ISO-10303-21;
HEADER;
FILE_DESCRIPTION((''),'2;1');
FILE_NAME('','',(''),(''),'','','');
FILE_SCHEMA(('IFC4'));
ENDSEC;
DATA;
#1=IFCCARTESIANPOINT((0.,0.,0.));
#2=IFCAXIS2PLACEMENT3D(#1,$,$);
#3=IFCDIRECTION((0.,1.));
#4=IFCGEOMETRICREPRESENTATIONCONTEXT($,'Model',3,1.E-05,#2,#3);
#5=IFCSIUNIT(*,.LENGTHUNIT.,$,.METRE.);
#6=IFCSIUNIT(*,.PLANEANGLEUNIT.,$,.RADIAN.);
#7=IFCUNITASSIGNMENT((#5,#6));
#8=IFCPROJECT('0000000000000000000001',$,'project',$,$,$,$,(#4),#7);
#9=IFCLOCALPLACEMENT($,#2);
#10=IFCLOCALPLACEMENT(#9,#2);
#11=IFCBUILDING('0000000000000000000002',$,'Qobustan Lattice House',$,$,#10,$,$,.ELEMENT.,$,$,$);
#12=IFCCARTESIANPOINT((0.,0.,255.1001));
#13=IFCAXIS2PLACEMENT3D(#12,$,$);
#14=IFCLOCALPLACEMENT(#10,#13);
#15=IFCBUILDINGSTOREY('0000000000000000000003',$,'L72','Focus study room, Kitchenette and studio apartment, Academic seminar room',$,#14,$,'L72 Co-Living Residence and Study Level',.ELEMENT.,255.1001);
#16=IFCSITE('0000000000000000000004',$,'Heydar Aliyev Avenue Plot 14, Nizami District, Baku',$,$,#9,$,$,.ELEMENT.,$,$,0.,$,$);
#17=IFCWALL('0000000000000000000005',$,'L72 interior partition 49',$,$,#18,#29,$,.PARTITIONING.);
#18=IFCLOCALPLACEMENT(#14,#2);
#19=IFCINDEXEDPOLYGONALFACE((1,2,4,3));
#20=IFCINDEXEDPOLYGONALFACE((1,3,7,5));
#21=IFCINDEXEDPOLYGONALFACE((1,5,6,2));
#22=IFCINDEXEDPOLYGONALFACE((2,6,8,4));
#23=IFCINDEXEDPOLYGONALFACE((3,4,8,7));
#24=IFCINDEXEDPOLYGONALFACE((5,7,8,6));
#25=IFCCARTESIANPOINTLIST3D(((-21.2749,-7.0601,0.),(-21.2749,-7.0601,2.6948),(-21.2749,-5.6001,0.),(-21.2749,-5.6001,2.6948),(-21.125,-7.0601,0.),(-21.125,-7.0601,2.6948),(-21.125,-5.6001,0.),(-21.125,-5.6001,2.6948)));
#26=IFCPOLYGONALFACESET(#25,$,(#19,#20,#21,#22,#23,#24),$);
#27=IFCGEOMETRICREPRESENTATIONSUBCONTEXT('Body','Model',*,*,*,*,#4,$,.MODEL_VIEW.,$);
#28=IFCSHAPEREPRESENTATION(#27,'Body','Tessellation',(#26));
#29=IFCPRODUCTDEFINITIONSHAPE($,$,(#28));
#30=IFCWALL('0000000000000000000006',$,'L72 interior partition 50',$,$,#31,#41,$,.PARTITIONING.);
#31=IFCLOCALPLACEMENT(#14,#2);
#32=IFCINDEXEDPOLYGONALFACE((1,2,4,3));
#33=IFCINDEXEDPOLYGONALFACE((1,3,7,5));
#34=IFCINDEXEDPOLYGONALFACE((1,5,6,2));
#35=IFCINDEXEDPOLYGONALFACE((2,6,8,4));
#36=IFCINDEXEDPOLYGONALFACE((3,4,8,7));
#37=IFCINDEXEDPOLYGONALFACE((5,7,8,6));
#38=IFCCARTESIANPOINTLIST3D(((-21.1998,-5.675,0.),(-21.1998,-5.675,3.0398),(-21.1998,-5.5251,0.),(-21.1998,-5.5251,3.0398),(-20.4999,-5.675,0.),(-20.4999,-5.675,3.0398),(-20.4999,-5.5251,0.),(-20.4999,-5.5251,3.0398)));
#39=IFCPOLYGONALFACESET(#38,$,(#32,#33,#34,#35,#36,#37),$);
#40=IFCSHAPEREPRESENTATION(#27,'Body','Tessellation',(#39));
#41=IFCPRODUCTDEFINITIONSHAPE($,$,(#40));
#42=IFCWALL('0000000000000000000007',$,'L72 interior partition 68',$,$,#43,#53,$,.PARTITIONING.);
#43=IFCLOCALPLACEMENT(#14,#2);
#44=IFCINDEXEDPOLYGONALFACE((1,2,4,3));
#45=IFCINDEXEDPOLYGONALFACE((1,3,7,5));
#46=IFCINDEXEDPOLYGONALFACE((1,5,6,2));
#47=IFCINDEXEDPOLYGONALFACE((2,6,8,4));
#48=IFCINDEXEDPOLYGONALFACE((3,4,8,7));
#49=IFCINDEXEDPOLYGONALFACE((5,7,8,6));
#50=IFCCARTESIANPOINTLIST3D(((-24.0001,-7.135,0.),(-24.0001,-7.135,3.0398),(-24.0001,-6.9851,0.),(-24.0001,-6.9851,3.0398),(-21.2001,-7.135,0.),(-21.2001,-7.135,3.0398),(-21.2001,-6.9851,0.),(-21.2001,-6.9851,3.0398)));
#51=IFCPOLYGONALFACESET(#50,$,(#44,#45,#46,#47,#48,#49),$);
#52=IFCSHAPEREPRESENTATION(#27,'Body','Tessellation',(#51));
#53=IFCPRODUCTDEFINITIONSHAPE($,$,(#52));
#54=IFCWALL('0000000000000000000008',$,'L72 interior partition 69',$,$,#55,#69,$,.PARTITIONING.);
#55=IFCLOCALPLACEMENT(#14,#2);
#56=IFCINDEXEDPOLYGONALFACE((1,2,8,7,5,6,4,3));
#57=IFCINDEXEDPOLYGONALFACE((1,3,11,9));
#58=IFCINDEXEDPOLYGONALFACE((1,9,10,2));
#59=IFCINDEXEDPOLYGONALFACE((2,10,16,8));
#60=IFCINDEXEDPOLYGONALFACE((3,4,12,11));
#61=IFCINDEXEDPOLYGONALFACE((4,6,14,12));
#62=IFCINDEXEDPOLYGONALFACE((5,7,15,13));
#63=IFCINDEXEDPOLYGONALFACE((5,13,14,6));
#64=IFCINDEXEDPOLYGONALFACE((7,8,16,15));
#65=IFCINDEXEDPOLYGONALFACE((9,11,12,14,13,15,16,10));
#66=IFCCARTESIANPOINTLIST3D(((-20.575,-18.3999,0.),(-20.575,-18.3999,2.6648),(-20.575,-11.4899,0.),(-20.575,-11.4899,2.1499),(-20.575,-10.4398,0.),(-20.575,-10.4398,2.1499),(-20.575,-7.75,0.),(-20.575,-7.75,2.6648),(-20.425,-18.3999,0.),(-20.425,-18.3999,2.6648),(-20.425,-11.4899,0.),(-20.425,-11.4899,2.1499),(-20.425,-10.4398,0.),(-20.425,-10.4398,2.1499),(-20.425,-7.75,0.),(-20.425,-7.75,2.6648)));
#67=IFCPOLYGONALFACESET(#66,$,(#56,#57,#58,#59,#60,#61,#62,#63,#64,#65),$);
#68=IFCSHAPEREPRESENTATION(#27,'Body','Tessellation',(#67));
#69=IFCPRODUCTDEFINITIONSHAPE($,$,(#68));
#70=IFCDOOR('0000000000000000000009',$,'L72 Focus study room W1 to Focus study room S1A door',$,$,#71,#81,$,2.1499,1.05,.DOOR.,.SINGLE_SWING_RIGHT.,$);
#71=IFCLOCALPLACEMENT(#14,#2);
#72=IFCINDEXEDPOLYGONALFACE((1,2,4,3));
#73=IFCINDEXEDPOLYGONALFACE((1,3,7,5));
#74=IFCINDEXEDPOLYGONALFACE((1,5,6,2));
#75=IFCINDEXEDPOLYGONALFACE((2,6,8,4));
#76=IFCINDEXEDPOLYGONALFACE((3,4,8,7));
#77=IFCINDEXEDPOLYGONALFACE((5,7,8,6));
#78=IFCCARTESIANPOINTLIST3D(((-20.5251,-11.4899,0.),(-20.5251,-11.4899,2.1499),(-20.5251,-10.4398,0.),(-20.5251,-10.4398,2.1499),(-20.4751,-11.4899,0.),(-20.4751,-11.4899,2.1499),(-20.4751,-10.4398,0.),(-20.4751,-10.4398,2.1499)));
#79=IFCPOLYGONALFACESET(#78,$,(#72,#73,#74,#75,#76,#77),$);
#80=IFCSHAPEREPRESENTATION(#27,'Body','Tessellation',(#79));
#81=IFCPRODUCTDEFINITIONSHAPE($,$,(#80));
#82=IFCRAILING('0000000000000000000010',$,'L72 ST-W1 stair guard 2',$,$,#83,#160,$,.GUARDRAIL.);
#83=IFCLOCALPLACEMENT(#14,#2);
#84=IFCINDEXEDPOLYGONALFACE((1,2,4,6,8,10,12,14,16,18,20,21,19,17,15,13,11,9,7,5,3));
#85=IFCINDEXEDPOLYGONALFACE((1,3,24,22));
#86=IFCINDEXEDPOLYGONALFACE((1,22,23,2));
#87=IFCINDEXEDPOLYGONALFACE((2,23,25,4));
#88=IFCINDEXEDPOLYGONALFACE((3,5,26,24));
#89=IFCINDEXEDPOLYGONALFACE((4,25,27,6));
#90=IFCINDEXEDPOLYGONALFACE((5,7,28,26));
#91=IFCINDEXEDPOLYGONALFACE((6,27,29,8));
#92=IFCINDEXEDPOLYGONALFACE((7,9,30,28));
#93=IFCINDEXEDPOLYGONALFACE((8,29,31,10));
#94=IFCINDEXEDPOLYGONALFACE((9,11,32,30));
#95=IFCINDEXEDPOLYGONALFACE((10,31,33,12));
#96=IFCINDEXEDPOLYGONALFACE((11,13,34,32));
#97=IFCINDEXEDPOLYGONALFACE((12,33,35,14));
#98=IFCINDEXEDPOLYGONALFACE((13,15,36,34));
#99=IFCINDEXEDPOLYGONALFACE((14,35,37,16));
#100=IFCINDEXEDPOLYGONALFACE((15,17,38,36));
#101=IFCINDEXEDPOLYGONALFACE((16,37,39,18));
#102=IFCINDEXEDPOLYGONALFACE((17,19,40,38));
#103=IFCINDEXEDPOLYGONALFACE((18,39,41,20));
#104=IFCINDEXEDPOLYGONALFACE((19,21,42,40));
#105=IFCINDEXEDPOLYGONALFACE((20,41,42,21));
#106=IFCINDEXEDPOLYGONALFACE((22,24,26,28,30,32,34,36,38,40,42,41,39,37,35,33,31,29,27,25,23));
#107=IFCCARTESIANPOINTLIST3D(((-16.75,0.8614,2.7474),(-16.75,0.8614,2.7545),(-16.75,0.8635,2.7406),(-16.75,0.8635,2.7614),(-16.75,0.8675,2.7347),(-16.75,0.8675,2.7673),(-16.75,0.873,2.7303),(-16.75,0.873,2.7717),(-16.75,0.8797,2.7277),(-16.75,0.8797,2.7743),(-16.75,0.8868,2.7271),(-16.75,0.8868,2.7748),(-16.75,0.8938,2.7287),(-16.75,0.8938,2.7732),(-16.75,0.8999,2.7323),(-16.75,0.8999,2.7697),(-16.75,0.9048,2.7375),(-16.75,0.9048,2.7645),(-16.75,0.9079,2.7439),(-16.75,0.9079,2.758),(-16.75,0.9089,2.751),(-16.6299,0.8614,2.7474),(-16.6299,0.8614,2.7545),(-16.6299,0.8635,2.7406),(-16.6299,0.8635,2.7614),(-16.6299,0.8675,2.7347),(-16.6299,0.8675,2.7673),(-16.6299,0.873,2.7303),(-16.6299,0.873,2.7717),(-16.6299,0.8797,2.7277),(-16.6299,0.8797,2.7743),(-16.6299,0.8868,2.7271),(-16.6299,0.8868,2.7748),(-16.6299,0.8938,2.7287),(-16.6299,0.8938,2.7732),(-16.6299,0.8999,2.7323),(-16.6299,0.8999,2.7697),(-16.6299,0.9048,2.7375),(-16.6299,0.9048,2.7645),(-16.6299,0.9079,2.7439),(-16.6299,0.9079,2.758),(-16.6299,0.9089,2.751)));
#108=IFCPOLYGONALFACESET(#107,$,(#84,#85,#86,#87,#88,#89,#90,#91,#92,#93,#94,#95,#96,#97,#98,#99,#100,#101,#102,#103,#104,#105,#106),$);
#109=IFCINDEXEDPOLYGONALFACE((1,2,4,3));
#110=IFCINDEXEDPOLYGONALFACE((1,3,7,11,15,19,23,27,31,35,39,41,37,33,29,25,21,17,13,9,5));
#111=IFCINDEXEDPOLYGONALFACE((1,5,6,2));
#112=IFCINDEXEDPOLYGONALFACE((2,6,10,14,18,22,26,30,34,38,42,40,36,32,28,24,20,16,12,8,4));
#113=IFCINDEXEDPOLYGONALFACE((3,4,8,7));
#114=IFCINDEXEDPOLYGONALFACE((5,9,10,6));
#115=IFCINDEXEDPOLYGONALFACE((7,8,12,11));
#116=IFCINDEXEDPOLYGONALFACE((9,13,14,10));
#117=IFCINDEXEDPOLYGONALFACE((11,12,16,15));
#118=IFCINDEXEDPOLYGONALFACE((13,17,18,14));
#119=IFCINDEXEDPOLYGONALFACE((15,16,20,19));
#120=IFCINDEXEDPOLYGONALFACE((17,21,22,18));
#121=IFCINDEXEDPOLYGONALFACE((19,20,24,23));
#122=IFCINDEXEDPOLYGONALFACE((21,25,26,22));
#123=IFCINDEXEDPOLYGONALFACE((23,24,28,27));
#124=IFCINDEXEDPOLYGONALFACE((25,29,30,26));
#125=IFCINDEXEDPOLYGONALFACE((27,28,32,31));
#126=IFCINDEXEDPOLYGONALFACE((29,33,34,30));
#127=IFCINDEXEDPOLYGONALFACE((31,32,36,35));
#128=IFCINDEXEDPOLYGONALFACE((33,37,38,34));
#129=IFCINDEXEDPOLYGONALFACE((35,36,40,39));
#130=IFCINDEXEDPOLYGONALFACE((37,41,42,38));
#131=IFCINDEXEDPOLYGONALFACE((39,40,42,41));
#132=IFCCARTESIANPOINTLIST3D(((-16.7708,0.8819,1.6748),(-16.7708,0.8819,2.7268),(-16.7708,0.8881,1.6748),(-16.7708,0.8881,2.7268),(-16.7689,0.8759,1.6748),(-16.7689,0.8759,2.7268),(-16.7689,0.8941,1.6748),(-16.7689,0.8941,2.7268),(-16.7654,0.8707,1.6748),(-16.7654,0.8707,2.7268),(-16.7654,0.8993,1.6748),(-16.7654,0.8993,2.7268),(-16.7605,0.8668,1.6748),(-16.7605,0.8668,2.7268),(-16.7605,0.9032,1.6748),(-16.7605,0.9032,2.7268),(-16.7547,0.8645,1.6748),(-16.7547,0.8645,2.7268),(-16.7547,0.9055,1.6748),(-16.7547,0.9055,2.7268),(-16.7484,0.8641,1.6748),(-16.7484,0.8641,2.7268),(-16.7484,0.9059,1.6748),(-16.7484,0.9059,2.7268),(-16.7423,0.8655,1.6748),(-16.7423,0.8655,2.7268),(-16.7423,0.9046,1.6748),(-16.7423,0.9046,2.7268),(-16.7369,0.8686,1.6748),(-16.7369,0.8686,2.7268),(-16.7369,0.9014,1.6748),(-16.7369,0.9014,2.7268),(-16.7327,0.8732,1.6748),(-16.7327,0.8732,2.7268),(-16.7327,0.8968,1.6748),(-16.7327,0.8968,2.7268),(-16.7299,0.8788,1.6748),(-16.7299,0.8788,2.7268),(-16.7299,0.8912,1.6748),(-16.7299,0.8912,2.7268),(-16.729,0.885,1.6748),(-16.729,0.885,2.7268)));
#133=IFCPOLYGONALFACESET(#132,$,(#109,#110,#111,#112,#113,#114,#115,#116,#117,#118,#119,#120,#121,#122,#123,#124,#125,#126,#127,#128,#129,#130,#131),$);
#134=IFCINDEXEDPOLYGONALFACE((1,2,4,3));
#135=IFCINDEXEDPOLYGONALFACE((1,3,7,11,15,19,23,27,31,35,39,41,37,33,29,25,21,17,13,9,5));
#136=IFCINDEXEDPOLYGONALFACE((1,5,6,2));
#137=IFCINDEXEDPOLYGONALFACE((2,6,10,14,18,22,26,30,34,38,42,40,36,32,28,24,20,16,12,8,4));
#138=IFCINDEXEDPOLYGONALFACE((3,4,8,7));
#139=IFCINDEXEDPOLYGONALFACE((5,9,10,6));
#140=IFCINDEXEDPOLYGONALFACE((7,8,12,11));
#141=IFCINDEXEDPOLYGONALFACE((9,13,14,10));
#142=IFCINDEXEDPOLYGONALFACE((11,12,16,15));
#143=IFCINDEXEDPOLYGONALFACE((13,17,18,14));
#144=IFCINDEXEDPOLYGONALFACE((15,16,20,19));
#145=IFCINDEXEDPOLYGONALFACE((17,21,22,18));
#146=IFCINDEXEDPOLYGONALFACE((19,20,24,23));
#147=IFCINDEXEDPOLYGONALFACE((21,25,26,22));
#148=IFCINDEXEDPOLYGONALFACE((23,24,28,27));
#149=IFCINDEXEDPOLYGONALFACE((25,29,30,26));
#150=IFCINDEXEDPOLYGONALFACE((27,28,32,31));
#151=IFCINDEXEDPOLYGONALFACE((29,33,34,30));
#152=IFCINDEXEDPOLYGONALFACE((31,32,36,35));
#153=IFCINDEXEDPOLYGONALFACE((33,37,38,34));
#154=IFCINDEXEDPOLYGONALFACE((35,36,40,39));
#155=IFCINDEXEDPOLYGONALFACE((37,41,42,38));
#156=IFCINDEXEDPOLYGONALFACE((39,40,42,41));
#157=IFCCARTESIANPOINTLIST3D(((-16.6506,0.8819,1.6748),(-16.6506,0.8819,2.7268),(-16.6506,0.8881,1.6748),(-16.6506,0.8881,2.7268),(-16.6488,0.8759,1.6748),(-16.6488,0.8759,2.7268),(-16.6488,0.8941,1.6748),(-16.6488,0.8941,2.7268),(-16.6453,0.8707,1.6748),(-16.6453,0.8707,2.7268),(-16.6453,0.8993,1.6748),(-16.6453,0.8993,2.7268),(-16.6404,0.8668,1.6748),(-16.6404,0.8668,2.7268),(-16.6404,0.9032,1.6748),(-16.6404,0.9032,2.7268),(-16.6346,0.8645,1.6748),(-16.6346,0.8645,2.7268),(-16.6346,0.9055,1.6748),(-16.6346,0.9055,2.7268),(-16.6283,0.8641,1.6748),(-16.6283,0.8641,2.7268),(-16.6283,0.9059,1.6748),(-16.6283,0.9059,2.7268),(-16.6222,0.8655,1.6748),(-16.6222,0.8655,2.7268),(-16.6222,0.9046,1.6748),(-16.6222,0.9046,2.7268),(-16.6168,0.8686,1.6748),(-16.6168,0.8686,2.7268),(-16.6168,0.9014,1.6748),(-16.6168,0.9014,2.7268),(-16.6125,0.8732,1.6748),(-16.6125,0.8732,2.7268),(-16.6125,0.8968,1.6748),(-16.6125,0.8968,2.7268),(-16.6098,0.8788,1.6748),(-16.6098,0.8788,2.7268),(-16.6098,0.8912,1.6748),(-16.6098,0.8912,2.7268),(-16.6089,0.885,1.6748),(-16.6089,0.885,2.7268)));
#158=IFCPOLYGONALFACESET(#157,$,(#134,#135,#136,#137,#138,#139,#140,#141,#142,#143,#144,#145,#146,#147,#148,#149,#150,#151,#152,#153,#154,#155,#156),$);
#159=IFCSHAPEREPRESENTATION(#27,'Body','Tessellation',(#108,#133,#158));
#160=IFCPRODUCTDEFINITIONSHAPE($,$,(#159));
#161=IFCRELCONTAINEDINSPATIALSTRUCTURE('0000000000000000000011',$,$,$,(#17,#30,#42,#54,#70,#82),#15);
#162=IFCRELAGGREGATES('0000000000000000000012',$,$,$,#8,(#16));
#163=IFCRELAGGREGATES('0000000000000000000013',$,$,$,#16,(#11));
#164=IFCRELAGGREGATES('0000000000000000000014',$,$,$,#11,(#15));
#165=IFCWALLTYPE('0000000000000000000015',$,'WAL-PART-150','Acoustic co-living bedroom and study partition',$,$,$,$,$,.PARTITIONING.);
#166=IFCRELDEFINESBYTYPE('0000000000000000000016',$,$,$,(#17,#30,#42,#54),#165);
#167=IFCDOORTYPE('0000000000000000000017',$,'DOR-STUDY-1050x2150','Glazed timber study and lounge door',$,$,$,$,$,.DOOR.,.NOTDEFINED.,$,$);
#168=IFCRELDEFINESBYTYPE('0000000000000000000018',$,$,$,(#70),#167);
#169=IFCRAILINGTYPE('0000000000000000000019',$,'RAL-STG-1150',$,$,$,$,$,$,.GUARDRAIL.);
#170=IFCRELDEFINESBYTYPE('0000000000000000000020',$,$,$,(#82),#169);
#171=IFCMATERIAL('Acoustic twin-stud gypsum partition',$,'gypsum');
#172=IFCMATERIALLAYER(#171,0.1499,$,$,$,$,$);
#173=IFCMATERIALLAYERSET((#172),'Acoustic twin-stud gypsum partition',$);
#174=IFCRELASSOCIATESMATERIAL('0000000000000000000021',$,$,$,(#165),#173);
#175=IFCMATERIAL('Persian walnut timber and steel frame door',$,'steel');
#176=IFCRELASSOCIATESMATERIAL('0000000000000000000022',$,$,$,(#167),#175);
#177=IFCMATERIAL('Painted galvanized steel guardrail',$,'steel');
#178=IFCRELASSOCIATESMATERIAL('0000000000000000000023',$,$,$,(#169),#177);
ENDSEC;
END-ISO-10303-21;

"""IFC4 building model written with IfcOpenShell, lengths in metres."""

from ifc_helpers import new_model, si_unit, direction, frame, frame_2d, origin, origin_2d, place, context, subcontext, project, spatial, rectangle, circle, extrude, material, layer, layer_set, type_object, element, fill, save


model = new_model("IFC4")

# Units and contexts
model_context = context("Model", 3, precision=1e-05, world=origin(), true_north=direction((0.0, 1.0)))
body_context = subcontext(model_context, "Body", "Model", "MODEL_VIEW")
ifc_project = project(units=[si_unit("LENGTHUNIT", "METRE"), si_unit("PLANEANGLEUNIT", "RADIAN")], contexts=[model_context])

# Site, building, storey
site_placement = place(None, origin())
site = spatial("IfcSite", under=ifc_project, at=site_placement, Name="Heydar Aliyev Avenue Plot 14, Nizami District, Baku", CompositionType="ELEMENT", RefElevation=0.0)
building_placement = place(site_placement, origin())
building = spatial("IfcBuilding", under=site, at=building_placement, Name="Qobustan Lattice House", CompositionType="ELEMENT")
storey_placement = place(building_placement, frame((0.0, 0.0, 255.1001)))
storey = spatial("IfcBuildingStorey", under=building, at=storey_placement, Name="L72", Description="Focus study room, Kitchenette and studio apartment, Academic seminar room", LongName="L72 Co-Living Residence and Study Level", CompositionType="ELEMENT", Elevation=255.1001)

# Shared definitions
ifc_material_1 = material(Name="Acoustic twin-stud gypsum partition", Category="gypsum")
ifc_layer_1 = layer(ifc_material_1, 0.1499)
ifc_layer_set_1 = layer_set([ifc_layer_1], Name="Acoustic twin-stud gypsum partition")
wall_type_1 = type_object("IfcWallType", Name="WAL-PART-150", Description="Acoustic co-living bedroom and study partition", PredefinedType="PARTITIONING", material=ifc_layer_set_1)

# Walls
wall_1_placement = place(storey_placement, frame((-21.2, -7.0601, 0.0), z_axis=(0.0, 0.0, 1.0), x_axis=(0.0, 1.0, 0.0)))
element("IfcWall", 1, at=wall_1_placement, inside=storey, type_object=wall_type_1, Name="L72 interior partition 49", PredefinedType="PARTITIONING", context=body_context, shape_type="SweptSolid", body=[
    extrude(rectangle(XDim=1.46, YDim=0.1499, at=frame_2d((0.73, 0.0))), origin(), (0.0, 0.0, 1.0), 2.6948),
])
wall_2_placement = place(storey_placement, frame((-21.2, -5.6001, 0.0), z_axis=(0.0, 0.0, 1.0), x_axis=(1.0, 0.0, 0.0)))
element("IfcWall", 2, at=wall_2_placement, inside=storey, type_object=wall_type_1, Name="L72 interior partition 50", PredefinedType="PARTITIONING", context=body_context, shape_type="SweptSolid", body=[
    extrude(rectangle(XDim=0.7, YDim=0.1499, at=frame_2d((0.3501, 0.0))), origin(), (0.0, 0.0, 1.0), 3.0398),
])
wall_3_placement = place(storey_placement, frame((-24.0, -7.0601, 0.0), z_axis=(0.0, 0.0, 1.0), x_axis=(1.0, 0.0, 0.0)))
element("IfcWall", 3, at=wall_3_placement, inside=storey, type_object=wall_type_1, Name="L72 interior partition 68", PredefinedType="PARTITIONING", context=body_context, shape_type="SweptSolid", body=[
    extrude(rectangle(XDim=2.8, YDim=0.1499, at=frame_2d((1.3999, 0.0))), origin(), (0.0, 0.0, 1.0), 3.0398),
])

# Wall, opening, door
wall_4_placement = place(storey_placement, frame((-20.5, -7.75, 0.0), z_axis=(0.0, 0.0, 1.0), x_axis=(0.0, -1.0, 0.0)))
wall_4 = element("IfcWall", 4, at=wall_4_placement, inside=storey, type_object=wall_type_1, Name="L72 interior partition 69", PredefinedType="PARTITIONING", context=body_context, shape_type="SweptSolid", body=[
    extrude(rectangle(XDim=10.6499, YDim=0.1499, at=frame_2d((5.325, 0.0))), origin(), (0.0, 0.0, 1.0), 2.6648),
])
opening_1_placement = place(wall_4_placement, frame((2.6899, 0.0, 0.0)))
opening_1 = element("IfcOpeningElement", 5, at=opening_1_placement, cuts=wall_4, PredefinedType="OPENING", context=body_context, shape_type="SweptSolid", body=[
    extrude(rectangle(XDim=1.05, YDim=2.1499, at=frame_2d((0.5249, 1.075))), frame((0.0, 0.085, 0.0), z_axis=(0.0, -1.0, 0.0), x_axis=(1.0, 0.0, 0.0)), (0.0, 0.0, 1.0), 0.1699),
])
ifc_material_2 = material(Name="Persian walnut timber and steel frame door", Category="steel")
door_type_1 = type_object("IfcDoorType", Name="DOR-STUDY-1050x2150", Description="Glazed timber study and lounge door", OperationType="NOTDEFINED", PredefinedType="DOOR", material=ifc_material_2)
door_1_placement = place(opening_1_placement, origin())
door_1 = element("IfcDoor", 6, at=door_1_placement, inside=storey, type_object=door_type_1, Name="L72 Focus study room W1 to Focus study room S1A door", OperationType="SINGLE_SWING_RIGHT", OverallHeight=2.1499, OverallWidth=1.05, PredefinedType="DOOR", context=body_context, shape_type="SweptSolid", body=[
    extrude(rectangle(XDim=1.05, YDim=2.1499, at=frame_2d((0.5249, 1.075))), frame((0.0, 0.0249, 0.0), z_axis=(0.0, -1.0, 0.0), x_axis=(1.0, 0.0, 0.0)), (0.0, 0.0, 1.0), 0.05),
])
fill(opening_1, door_1)

# Railing
ifc_material_3 = material(Name="Painted galvanized steel guardrail", Category="steel")
railing_type = type_object("IfcRailingType", Name="RAL-STG-1150", PredefinedType="GUARDRAIL", material=ifc_material_3)
railing_placement = place(storey_placement, frame((-16.75, 0.885, 1.6748)))
element("IfcRailing", 7, at=railing_placement, inside=storey, type_object=railing_type, Name="L72 ST-W1 stair guard 2", PredefinedType="GUARDRAIL", context=body_context, shape_type="SweptSolid", body=[
    extrude(circle(Radius=0.0239, at=origin_2d()), frame((0.0, 0.0, 1.0762), z_axis=(1.0, 0.0, 0.0), x_axis=(0.0, 1.0, 0.0)), (0.0, 0.0, 1.0), 0.1201),
    extrude(circle(Radius=0.021, at=origin_2d()), origin(), (0.0, 0.0, 1.0), 1.052),
    extrude(circle(Radius=0.021, at=origin_2d()), frame((0.1201, 0.0, 0.0)), (0.0, 0.0, 1.0), 1.052),
])

save(model, "model.ifc")
